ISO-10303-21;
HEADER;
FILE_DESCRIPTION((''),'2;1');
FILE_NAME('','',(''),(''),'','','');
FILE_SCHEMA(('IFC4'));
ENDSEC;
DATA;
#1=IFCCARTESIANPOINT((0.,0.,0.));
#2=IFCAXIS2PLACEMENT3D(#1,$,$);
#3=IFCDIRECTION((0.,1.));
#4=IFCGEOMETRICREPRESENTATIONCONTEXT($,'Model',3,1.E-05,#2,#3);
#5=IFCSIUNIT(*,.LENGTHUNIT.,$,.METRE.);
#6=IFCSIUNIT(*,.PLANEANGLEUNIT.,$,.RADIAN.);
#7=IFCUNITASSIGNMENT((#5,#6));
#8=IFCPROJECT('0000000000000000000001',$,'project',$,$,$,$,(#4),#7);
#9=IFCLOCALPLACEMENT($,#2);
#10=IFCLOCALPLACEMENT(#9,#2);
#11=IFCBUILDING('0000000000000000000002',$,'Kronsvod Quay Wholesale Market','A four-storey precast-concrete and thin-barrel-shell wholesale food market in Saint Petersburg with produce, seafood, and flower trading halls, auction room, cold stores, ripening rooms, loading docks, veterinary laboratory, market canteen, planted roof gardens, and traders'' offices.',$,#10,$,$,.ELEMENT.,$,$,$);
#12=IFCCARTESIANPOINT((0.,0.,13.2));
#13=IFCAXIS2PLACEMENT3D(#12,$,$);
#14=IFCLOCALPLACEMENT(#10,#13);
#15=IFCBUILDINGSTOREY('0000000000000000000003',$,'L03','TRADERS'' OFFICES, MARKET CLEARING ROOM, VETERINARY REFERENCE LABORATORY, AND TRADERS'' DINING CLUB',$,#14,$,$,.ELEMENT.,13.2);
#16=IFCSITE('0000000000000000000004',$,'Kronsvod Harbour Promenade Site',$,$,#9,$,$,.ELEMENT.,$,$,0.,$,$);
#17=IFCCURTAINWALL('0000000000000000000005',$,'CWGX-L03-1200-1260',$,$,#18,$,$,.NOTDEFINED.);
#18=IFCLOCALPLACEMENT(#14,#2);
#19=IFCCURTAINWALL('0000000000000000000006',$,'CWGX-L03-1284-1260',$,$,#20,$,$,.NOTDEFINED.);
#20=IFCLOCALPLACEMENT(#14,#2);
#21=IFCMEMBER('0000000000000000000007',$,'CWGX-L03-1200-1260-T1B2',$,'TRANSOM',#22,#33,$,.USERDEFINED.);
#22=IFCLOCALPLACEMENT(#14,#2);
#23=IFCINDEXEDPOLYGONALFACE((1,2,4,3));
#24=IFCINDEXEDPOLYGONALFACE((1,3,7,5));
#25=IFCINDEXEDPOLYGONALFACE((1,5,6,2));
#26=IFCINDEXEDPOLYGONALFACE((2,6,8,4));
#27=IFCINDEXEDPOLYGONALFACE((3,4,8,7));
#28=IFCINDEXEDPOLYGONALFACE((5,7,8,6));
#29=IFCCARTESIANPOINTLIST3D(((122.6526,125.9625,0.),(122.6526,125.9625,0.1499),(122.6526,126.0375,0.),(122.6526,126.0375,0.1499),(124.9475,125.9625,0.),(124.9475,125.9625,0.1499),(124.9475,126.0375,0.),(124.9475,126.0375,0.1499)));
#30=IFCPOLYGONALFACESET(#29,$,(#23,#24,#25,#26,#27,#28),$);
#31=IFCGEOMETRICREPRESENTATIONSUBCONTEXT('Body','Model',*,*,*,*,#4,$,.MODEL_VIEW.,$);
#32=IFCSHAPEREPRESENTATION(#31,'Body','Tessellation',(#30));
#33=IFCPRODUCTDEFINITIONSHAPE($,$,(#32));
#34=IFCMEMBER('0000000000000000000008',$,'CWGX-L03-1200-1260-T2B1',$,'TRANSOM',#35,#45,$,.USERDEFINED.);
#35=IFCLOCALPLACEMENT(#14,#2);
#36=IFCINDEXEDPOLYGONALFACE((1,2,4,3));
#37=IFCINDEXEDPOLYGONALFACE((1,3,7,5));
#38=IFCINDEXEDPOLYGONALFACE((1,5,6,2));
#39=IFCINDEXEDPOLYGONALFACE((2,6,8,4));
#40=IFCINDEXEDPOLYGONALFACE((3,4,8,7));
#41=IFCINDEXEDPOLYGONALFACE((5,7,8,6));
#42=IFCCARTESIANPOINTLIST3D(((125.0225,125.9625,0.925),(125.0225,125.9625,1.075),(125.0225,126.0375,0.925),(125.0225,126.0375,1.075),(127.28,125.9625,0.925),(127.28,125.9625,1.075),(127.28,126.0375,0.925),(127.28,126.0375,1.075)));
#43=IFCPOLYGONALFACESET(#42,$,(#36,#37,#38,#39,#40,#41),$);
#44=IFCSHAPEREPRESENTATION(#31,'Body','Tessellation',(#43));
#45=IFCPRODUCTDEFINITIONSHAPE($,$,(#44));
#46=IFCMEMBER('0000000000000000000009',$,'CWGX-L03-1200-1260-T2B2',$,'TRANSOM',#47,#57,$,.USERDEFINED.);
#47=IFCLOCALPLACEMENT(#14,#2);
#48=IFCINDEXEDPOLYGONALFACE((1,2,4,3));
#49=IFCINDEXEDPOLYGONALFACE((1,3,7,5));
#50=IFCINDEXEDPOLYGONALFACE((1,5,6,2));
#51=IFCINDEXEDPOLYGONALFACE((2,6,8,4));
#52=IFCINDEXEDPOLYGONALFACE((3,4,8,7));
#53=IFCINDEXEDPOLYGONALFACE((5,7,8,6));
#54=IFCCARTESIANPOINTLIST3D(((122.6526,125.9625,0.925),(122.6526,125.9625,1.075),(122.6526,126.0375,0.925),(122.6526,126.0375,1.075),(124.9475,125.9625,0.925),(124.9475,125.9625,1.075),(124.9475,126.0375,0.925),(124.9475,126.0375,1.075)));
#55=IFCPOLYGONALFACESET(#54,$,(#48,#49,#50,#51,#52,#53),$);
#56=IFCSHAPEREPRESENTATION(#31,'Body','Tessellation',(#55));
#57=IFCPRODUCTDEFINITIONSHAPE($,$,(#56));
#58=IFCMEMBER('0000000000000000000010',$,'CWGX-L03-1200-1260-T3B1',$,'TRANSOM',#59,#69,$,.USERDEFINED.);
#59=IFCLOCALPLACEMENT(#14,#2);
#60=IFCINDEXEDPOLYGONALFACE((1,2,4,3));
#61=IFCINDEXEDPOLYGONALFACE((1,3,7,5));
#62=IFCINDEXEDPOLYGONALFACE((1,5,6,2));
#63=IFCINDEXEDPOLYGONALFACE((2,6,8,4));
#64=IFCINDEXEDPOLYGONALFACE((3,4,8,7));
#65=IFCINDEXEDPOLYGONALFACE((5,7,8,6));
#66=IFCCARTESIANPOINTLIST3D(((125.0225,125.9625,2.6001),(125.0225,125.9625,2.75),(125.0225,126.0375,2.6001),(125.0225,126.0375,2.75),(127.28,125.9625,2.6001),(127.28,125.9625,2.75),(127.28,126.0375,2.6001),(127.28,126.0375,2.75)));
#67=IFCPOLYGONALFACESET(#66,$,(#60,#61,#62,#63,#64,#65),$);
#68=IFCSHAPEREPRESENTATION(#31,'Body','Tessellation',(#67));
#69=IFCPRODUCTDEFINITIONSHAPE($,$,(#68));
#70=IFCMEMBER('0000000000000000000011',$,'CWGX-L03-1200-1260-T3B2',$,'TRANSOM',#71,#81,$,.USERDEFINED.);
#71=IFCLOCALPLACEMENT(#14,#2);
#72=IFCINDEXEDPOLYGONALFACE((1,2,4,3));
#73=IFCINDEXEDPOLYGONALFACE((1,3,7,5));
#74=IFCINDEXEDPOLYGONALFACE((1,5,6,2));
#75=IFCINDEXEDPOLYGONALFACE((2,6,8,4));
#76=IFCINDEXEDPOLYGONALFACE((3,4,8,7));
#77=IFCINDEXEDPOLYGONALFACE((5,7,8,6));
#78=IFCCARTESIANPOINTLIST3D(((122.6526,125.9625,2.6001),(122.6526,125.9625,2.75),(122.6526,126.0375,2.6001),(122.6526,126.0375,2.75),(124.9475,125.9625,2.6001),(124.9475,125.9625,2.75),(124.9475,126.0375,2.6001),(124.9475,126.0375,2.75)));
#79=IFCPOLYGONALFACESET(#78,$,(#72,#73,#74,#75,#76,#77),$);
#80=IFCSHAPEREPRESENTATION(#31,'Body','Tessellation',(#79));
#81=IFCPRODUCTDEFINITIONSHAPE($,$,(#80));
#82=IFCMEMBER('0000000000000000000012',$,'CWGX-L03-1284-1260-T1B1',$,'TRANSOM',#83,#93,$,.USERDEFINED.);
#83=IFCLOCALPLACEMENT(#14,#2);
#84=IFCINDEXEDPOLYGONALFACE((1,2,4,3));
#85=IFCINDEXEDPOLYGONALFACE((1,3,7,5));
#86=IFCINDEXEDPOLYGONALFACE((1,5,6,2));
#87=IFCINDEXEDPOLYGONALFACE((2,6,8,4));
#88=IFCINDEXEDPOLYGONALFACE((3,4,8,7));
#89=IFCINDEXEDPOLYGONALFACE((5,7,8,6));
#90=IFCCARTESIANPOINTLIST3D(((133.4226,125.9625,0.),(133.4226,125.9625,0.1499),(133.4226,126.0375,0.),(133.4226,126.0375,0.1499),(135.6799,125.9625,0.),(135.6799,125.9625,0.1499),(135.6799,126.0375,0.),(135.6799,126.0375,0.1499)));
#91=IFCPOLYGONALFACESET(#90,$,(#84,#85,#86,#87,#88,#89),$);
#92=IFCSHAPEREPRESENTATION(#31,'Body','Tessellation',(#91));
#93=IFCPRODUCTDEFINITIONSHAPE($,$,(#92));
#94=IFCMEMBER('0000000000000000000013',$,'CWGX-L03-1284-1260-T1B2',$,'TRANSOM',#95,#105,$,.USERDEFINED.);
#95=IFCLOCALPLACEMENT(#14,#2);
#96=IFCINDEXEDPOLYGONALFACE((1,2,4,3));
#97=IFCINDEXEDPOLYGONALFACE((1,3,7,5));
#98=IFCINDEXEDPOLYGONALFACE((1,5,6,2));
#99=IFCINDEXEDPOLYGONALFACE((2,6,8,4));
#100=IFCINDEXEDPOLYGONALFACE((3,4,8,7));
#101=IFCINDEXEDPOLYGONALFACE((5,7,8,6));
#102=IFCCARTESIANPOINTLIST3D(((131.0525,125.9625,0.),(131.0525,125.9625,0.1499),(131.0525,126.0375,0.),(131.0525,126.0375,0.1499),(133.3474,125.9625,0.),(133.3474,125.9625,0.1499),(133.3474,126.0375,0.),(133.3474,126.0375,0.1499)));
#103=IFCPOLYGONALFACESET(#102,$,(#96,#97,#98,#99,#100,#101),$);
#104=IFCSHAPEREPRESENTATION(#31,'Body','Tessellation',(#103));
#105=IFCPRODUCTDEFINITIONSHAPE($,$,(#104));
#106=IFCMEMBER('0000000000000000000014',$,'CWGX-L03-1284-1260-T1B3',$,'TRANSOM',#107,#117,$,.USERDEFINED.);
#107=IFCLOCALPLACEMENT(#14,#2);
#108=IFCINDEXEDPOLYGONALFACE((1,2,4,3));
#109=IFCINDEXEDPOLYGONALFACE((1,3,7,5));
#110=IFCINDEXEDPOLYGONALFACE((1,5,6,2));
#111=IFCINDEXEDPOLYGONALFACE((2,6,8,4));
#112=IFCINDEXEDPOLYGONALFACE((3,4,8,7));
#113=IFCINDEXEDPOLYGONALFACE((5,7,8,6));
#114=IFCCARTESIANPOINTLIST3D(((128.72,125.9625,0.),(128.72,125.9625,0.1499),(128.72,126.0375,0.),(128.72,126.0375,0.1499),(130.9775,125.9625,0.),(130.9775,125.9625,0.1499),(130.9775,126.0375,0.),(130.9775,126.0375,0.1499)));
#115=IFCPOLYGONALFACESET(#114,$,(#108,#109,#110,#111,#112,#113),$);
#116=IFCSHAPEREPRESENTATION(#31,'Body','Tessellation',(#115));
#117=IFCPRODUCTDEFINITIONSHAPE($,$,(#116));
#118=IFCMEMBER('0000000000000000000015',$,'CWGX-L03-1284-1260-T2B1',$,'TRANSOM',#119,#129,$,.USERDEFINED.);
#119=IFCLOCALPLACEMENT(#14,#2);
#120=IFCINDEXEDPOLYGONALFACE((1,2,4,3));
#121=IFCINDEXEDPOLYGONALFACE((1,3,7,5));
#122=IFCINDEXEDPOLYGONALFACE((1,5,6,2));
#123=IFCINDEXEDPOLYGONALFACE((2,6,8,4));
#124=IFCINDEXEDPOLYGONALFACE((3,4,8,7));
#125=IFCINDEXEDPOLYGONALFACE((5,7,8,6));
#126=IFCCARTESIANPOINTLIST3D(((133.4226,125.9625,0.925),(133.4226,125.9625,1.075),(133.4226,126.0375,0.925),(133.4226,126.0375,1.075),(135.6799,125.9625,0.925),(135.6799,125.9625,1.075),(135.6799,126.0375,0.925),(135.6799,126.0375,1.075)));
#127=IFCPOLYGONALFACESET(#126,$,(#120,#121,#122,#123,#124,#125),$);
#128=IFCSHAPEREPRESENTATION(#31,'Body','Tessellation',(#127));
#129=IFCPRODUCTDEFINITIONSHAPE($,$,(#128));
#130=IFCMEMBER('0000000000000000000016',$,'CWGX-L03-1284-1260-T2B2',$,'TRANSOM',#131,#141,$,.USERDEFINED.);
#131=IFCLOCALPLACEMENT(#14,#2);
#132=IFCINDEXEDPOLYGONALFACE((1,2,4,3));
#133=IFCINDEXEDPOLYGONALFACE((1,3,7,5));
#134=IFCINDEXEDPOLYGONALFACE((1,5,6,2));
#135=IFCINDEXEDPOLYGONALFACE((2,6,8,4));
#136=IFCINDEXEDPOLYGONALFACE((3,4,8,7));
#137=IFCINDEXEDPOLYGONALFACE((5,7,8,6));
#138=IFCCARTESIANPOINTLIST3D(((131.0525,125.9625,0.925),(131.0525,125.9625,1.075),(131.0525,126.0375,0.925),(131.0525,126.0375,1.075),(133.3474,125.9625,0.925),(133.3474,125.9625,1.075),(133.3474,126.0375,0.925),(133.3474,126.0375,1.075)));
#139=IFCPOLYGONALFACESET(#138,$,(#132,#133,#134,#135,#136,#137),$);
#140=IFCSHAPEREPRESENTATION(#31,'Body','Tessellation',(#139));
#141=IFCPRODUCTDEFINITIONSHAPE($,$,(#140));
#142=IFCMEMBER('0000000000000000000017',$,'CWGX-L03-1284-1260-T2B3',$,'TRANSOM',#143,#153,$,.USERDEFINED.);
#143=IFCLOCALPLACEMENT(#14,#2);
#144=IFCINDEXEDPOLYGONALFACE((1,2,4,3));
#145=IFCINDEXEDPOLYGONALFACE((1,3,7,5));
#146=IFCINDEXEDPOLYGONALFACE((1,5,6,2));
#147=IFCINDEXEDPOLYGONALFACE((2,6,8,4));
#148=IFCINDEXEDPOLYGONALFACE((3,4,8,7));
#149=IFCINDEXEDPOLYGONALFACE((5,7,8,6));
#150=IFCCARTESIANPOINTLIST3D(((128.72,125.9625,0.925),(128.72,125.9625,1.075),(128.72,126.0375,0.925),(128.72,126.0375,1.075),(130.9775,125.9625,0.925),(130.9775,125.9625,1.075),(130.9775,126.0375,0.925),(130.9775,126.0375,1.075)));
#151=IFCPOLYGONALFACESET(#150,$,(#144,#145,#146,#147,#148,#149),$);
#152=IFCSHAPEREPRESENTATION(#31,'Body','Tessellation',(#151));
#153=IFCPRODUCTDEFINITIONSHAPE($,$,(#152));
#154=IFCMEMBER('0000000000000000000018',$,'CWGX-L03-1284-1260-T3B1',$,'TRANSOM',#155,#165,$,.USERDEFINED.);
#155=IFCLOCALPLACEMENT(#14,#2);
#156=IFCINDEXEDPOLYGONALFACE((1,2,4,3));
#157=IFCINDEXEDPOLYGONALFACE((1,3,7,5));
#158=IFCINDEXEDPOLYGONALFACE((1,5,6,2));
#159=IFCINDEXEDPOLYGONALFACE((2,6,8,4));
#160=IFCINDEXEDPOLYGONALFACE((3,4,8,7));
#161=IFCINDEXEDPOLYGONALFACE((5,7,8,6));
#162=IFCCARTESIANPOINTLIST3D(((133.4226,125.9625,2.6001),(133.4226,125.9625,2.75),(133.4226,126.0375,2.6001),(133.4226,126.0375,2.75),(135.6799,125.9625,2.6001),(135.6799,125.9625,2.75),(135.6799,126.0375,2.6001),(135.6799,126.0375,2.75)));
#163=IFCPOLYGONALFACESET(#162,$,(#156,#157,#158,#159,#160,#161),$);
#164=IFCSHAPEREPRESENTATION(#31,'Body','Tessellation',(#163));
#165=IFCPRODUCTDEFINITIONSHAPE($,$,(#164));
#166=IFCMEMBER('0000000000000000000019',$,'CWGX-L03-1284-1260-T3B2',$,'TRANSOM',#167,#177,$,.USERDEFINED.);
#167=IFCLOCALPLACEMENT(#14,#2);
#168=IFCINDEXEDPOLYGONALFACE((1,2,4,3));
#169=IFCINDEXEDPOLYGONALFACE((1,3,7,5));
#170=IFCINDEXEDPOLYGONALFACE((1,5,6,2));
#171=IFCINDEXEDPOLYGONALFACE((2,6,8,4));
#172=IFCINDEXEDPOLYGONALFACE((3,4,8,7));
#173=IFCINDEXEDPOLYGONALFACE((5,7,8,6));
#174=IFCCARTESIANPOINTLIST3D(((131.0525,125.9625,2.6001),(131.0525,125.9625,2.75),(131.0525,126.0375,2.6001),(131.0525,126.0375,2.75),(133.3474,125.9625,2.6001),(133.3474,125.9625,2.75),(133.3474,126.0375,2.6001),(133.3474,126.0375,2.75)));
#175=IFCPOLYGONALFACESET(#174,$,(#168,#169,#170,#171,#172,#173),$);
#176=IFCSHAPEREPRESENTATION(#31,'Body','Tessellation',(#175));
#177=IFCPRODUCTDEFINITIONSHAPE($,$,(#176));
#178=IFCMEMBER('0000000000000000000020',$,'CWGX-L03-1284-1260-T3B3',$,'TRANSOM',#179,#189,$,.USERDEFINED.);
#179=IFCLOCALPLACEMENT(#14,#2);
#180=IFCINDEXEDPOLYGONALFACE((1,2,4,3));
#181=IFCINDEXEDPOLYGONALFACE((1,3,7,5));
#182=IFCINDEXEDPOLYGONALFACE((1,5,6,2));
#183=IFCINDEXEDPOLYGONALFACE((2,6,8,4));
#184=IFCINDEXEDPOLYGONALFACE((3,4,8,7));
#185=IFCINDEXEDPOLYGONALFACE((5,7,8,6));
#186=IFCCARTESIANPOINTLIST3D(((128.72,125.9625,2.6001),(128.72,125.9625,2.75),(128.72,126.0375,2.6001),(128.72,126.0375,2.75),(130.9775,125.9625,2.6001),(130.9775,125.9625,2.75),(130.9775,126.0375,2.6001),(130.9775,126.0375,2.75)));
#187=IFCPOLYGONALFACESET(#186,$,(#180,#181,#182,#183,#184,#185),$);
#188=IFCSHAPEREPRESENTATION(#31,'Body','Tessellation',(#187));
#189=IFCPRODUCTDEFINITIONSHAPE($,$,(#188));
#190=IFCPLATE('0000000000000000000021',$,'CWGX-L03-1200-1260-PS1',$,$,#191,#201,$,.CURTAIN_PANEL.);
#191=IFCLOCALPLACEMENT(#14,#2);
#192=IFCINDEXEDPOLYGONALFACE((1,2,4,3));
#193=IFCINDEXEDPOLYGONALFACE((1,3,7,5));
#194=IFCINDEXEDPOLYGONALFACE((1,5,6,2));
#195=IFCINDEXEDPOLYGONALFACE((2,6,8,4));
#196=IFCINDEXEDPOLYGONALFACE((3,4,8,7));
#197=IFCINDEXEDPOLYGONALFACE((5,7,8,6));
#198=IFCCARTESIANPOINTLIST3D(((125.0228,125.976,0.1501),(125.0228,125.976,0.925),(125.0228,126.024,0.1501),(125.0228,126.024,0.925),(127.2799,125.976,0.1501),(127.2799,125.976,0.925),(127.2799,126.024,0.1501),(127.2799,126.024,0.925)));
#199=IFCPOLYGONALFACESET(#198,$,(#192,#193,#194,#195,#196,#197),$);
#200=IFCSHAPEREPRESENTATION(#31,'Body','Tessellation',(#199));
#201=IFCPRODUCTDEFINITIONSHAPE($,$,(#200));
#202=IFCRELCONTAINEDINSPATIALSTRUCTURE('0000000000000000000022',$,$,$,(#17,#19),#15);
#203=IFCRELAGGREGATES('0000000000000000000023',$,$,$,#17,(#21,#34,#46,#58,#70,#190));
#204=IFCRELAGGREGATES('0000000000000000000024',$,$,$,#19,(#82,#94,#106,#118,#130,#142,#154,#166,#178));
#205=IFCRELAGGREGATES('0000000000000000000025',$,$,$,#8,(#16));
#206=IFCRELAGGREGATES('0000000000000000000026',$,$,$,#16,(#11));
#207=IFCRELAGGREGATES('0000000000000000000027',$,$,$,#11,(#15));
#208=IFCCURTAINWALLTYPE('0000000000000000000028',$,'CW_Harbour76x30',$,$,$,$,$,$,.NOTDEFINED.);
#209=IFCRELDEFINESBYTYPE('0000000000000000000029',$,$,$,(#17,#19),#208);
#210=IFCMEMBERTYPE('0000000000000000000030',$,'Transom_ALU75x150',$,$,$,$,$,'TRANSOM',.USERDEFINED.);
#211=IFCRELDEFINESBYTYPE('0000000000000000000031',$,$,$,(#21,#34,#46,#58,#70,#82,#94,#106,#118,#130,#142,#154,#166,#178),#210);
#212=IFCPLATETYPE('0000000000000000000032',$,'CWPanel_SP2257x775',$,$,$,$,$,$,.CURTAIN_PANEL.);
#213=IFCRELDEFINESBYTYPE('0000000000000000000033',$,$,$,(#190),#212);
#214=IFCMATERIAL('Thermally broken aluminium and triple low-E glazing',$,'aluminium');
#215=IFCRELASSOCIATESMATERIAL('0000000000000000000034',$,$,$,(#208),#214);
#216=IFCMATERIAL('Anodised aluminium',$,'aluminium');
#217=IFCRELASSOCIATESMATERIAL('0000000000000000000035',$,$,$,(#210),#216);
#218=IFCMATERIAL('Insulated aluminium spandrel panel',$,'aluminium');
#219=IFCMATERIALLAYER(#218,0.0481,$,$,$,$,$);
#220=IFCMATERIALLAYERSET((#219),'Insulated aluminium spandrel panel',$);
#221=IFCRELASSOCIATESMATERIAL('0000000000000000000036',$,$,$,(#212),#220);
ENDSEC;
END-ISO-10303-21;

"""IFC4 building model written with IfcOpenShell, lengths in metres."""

from ifc_helpers import new_model, si_unit, direction, frame, origin, origin_2d, place, context, subcontext, project, spatial, rectangle, extrude, material, layer, layer_set, material_profile, profile_set, type_object, element, aggregate, save


model = new_model("IFC4")

# Units and contexts
model_context = context("Model", 3, precision=1e-05, world=origin(), true_north=direction((0.0, 1.0)))
body_context = subcontext(model_context, "Body", "Model", "MODEL_VIEW")
ifc_project = project(units=[si_unit("LENGTHUNIT", "METRE"), si_unit("PLANEANGLEUNIT", "RADIAN")], contexts=[model_context])

# Site, building, storey
site_placement = place(None, origin())
site = spatial("IfcSite", under=ifc_project, at=site_placement, Name="Kronsvod Harbour Promenade Site", CompositionType="ELEMENT", RefElevation=0.0)
building_placement = place(site_placement, origin())
building = spatial("IfcBuilding", under=site, at=building_placement, Name="Kronsvod Quay Wholesale Market", Description="A four-storey precast-concrete and thin-barrel-shell wholesale food market in Saint Petersburg with produce, seafood, and flower trading halls, auction room, cold stores, ripening rooms, loading docks, veterinary laboratory, market canteen, planted roof gardens, and traders' offices.", CompositionType="ELEMENT")
storey_placement = place(building_placement, frame((0.0, 0.0, 13.2)))
storey = spatial("IfcBuildingStorey", under=building, at=storey_placement, Name="L03", Description="TRADERS' OFFICES, MARKET CLEARING ROOM, VETERINARY REFERENCE LABORATORY, AND TRADERS' DINING CLUB", CompositionType="ELEMENT", Elevation=13.2)

# Curtain walls
ifc_material_1 = material(Name="Thermally broken aluminium and triple low-E glazing", Category="aluminium")
curtain_wall_type = type_object("IfcCurtainWallType", Name="CW_Harbour76x30", PredefinedType="NOTDEFINED", material=ifc_material_1)
curtain_wall_1_placement = place(storey_placement, origin())
curtain_wall_1 = element("IfcCurtainWall", 1, at=curtain_wall_1_placement, inside=storey, type_object=curtain_wall_type, Name="CWGX-L03-1200-1260", PredefinedType="NOTDEFINED")
curtain_wall_2_placement = place(storey_placement, origin())
curtain_wall_2 = element("IfcCurtainWall", 2, at=curtain_wall_2_placement, inside=storey, type_object=curtain_wall_type, Name="CWGX-L03-1284-1260", PredefinedType="NOTDEFINED")

# Members
ifc_material_2 = material(Name="Anodised aluminium", Category="aluminium")
ifc_material_profile_1 = material_profile(ifc_material_2, rectangle(XDim=0.075, YDim=0.1499, at=origin_2d()), Name="ALUT75x150")
ifc_profile_set_1 = profile_set([ifc_material_profile_1], Name="Anodised aluminium")
member_type_1 = type_object("IfcMemberType", Name="Transom_ALU75x150", ElementType="TRANSOM", PredefinedType="USERDEFINED", material=ifc_profile_set_1)
member_1_placement = place(storey_placement, frame((124.9475, 126.0, 0.075), z_axis=(-1.0, 0.0, 0.0), x_axis=(0.0, -1.0, 0.0)))
member_1 = element("IfcMember", 3, at=member_1_placement, type_object=member_type_1, Name="CWGX-L03-1200-1260-T1B2", ObjectType="TRANSOM", PredefinedType="USERDEFINED", context=body_context, shape_type="SweptSolid", body=[
    extrude(rectangle(XDim=0.075, YDim=0.1499, at=origin_2d()), origin(), (0.0, 0.0, 1.0), 2.2949),
])
member_2_placement = place(storey_placement, frame((127.28, 126.0, 1.0), z_axis=(-1.0, 0.0, 0.0), x_axis=(0.0, -1.0, 0.0)))
member_2 = element("IfcMember", 4, at=member_2_placement, type_object=member_type_1, Name="CWGX-L03-1200-1260-T2B1", ObjectType="TRANSOM", PredefinedType="USERDEFINED", context=body_context, shape_type="SweptSolid", body=[
    extrude(rectangle(XDim=0.075, YDim=0.1499, at=origin_2d()), origin(), (0.0, 0.0, 1.0), 2.2576),
])
member_3_placement = place(storey_placement, frame((124.9475, 126.0, 1.0), z_axis=(-1.0, 0.0, 0.0), x_axis=(0.0, -1.0, 0.0)))
member_3 = element("IfcMember", 5, at=member_3_placement, type_object=member_type_1, Name="CWGX-L03-1200-1260-T2B2", ObjectType="TRANSOM", PredefinedType="USERDEFINED", context=body_context, shape_type="SweptSolid", body=[
    extrude(rectangle(XDim=0.075, YDim=0.1499, at=origin_2d()), origin(), (0.0, 0.0, 1.0), 2.2949),
])
member_4_placement = place(storey_placement, frame((127.28, 126.0, 2.675), z_axis=(-1.0, 0.0, 0.0), x_axis=(0.0, -1.0, 0.0)))
member_4 = element("IfcMember", 6, at=member_4_placement, type_object=member_type_1, Name="CWGX-L03-1200-1260-T3B1", ObjectType="TRANSOM", PredefinedType="USERDEFINED", context=body_context, shape_type="SweptSolid", body=[
    extrude(rectangle(XDim=0.075, YDim=0.1499, at=origin_2d()), origin(), (0.0, 0.0, 1.0), 2.2576),
])
member_5_placement = place(storey_placement, frame((124.9475, 126.0, 2.675), z_axis=(-1.0, 0.0, 0.0), x_axis=(0.0, -1.0, 0.0)))
member_5 = element("IfcMember", 7, at=member_5_placement, type_object=member_type_1, Name="CWGX-L03-1200-1260-T3B2", ObjectType="TRANSOM", PredefinedType="USERDEFINED", context=body_context, shape_type="SweptSolid", body=[
    extrude(rectangle(XDim=0.075, YDim=0.1499, at=origin_2d()), origin(), (0.0, 0.0, 1.0), 2.2949),
])
member_6_placement = place(storey_placement, frame((135.6799, 126.0, 0.075), z_axis=(-1.0, 0.0, 0.0), x_axis=(0.0, -1.0, 0.0)))
member_6 = element("IfcMember", 8, at=member_6_placement, type_object=member_type_1, Name="CWGX-L03-1284-1260-T1B1", ObjectType="TRANSOM", PredefinedType="USERDEFINED", context=body_context, shape_type="SweptSolid", body=[
    extrude(rectangle(XDim=0.075, YDim=0.1499, at=origin_2d()), origin(), (0.0, 0.0, 1.0), 2.2573),
])
member_7_placement = place(storey_placement, frame((133.3474, 126.0, 0.075), z_axis=(-1.0, 0.0, 0.0), x_axis=(0.0, -1.0, 0.0)))
member_7 = element("IfcMember", 9, at=member_7_placement, type_object=member_type_1, Name="CWGX-L03-1284-1260-T1B2", ObjectType="TRANSOM", PredefinedType="USERDEFINED", context=body_context, shape_type="SweptSolid", body=[
    extrude(rectangle(XDim=0.075, YDim=0.1499, at=origin_2d()), origin(), (0.0, 0.0, 1.0), 2.2949),
])
member_8_placement = place(storey_placement, frame((130.9775, 126.0, 0.075), z_axis=(-1.0, 0.0, 0.0), x_axis=(0.0, -1.0, 0.0)))
member_8 = element("IfcMember", 10, at=member_8_placement, type_object=member_type_1, Name="CWGX-L03-1284-1260-T1B3", ObjectType="TRANSOM", PredefinedType="USERDEFINED", context=body_context, shape_type="SweptSolid", body=[
    extrude(rectangle(XDim=0.075, YDim=0.1499, at=origin_2d()), origin(), (0.0, 0.0, 1.0), 2.2576),
])
member_9_placement = place(storey_placement, frame((135.6799, 126.0, 1.0), z_axis=(-1.0, 0.0, 0.0), x_axis=(0.0, -1.0, 0.0)))
member_9 = element("IfcMember", 11, at=member_9_placement, type_object=member_type_1, Name="CWGX-L03-1284-1260-T2B1", ObjectType="TRANSOM", PredefinedType="USERDEFINED", context=body_context, shape_type="SweptSolid", body=[
    extrude(rectangle(XDim=0.075, YDim=0.1499, at=origin_2d()), origin(), (0.0, 0.0, 1.0), 2.2573),
])
member_10_placement = place(storey_placement, frame((133.3474, 126.0, 1.0), z_axis=(-1.0, 0.0, 0.0), x_axis=(0.0, -1.0, 0.0)))
member_10 = element("IfcMember", 12, at=member_10_placement, type_object=member_type_1, Name="CWGX-L03-1284-1260-T2B2", ObjectType="TRANSOM", PredefinedType="USERDEFINED", context=body_context, shape_type="SweptSolid", body=[
    extrude(rectangle(XDim=0.075, YDim=0.1499, at=origin_2d()), origin(), (0.0, 0.0, 1.0), 2.2949),
])
member_11_placement = place(storey_placement, frame((130.9775, 126.0, 1.0), z_axis=(-1.0, 0.0, 0.0), x_axis=(0.0, -1.0, 0.0)))
member_11 = element("IfcMember", 13, at=member_11_placement, type_object=member_type_1, Name="CWGX-L03-1284-1260-T2B3", ObjectType="TRANSOM", PredefinedType="USERDEFINED", context=body_context, shape_type="SweptSolid", body=[
    extrude(rectangle(XDim=0.075, YDim=0.1499, at=origin_2d()), origin(), (0.0, 0.0, 1.0), 2.2576),
])
member_12_placement = place(storey_placement, frame((135.6799, 126.0, 2.675), z_axis=(-1.0, 0.0, 0.0), x_axis=(0.0, -1.0, 0.0)))
member_12 = element("IfcMember", 14, at=member_12_placement, type_object=member_type_1, Name="CWGX-L03-1284-1260-T3B1", ObjectType="TRANSOM", PredefinedType="USERDEFINED", context=body_context, shape_type="SweptSolid", body=[
    extrude(rectangle(XDim=0.075, YDim=0.1499, at=origin_2d()), origin(), (0.0, 0.0, 1.0), 2.2573),
])
member_13_placement = place(storey_placement, frame((133.3474, 126.0, 2.675), z_axis=(-1.0, 0.0, 0.0), x_axis=(0.0, -1.0, 0.0)))
member_13 = element("IfcMember", 15, at=member_13_placement, type_object=member_type_1, Name="CWGX-L03-1284-1260-T3B2", ObjectType="TRANSOM", PredefinedType="USERDEFINED", context=body_context, shape_type="SweptSolid", body=[
    extrude(rectangle(XDim=0.075, YDim=0.1499, at=origin_2d()), origin(), (0.0, 0.0, 1.0), 2.2949),
])
member_14_placement = place(storey_placement, frame((130.9775, 126.0, 2.675), z_axis=(-1.0, 0.0, 0.0), x_axis=(0.0, -1.0, 0.0)))
member_14 = element("IfcMember", 16, at=member_14_placement, type_object=member_type_1, Name="CWGX-L03-1284-1260-T3B3", ObjectType="TRANSOM", PredefinedType="USERDEFINED", context=body_context, shape_type="SweptSolid", body=[
    extrude(rectangle(XDim=0.075, YDim=0.1499, at=origin_2d()), origin(), (0.0, 0.0, 1.0), 2.2576),
])

# Plate
ifc_material_3 = material(Name="Insulated aluminium spandrel panel", Category="aluminium")
ifc_layer_1 = layer(ifc_material_3, 0.0481)
ifc_layer_set_1 = layer_set([ifc_layer_1], Name="Insulated aluminium spandrel panel")
plate_type_1 = type_object("IfcPlateType", Name="CWPanel_SP2257x775", PredefinedType="CURTAIN_PANEL", material=ifc_layer_set_1)
plate_1_placement = place(storey_placement, frame((126.1514, 126.0, 0.1501), z_axis=(0.0, 0.0, 1.0), x_axis=(-1.0, 0.0, 0.0)))
plate_1 = element("IfcPlate", 17, at=plate_1_placement, type_object=plate_type_1, Name="CWGX-L03-1200-1260-PS1", PredefinedType="CURTAIN_PANEL", context=body_context, shape_type="SweptSolid", body=[
    extrude(rectangle(XDim=2.2571, YDim=0.0481, at=origin_2d()), origin(), (0.0, 0.0, 1.0), 0.7749),
])
aggregate(curtain_wall_1, [member_1, member_2, member_3, member_4, member_5, plate_1])
aggregate(curtain_wall_2, [member_6, member_7, member_8, member_9, member_10, member_11, member_12, member_13, member_14])

save(model, "model.ifc")
